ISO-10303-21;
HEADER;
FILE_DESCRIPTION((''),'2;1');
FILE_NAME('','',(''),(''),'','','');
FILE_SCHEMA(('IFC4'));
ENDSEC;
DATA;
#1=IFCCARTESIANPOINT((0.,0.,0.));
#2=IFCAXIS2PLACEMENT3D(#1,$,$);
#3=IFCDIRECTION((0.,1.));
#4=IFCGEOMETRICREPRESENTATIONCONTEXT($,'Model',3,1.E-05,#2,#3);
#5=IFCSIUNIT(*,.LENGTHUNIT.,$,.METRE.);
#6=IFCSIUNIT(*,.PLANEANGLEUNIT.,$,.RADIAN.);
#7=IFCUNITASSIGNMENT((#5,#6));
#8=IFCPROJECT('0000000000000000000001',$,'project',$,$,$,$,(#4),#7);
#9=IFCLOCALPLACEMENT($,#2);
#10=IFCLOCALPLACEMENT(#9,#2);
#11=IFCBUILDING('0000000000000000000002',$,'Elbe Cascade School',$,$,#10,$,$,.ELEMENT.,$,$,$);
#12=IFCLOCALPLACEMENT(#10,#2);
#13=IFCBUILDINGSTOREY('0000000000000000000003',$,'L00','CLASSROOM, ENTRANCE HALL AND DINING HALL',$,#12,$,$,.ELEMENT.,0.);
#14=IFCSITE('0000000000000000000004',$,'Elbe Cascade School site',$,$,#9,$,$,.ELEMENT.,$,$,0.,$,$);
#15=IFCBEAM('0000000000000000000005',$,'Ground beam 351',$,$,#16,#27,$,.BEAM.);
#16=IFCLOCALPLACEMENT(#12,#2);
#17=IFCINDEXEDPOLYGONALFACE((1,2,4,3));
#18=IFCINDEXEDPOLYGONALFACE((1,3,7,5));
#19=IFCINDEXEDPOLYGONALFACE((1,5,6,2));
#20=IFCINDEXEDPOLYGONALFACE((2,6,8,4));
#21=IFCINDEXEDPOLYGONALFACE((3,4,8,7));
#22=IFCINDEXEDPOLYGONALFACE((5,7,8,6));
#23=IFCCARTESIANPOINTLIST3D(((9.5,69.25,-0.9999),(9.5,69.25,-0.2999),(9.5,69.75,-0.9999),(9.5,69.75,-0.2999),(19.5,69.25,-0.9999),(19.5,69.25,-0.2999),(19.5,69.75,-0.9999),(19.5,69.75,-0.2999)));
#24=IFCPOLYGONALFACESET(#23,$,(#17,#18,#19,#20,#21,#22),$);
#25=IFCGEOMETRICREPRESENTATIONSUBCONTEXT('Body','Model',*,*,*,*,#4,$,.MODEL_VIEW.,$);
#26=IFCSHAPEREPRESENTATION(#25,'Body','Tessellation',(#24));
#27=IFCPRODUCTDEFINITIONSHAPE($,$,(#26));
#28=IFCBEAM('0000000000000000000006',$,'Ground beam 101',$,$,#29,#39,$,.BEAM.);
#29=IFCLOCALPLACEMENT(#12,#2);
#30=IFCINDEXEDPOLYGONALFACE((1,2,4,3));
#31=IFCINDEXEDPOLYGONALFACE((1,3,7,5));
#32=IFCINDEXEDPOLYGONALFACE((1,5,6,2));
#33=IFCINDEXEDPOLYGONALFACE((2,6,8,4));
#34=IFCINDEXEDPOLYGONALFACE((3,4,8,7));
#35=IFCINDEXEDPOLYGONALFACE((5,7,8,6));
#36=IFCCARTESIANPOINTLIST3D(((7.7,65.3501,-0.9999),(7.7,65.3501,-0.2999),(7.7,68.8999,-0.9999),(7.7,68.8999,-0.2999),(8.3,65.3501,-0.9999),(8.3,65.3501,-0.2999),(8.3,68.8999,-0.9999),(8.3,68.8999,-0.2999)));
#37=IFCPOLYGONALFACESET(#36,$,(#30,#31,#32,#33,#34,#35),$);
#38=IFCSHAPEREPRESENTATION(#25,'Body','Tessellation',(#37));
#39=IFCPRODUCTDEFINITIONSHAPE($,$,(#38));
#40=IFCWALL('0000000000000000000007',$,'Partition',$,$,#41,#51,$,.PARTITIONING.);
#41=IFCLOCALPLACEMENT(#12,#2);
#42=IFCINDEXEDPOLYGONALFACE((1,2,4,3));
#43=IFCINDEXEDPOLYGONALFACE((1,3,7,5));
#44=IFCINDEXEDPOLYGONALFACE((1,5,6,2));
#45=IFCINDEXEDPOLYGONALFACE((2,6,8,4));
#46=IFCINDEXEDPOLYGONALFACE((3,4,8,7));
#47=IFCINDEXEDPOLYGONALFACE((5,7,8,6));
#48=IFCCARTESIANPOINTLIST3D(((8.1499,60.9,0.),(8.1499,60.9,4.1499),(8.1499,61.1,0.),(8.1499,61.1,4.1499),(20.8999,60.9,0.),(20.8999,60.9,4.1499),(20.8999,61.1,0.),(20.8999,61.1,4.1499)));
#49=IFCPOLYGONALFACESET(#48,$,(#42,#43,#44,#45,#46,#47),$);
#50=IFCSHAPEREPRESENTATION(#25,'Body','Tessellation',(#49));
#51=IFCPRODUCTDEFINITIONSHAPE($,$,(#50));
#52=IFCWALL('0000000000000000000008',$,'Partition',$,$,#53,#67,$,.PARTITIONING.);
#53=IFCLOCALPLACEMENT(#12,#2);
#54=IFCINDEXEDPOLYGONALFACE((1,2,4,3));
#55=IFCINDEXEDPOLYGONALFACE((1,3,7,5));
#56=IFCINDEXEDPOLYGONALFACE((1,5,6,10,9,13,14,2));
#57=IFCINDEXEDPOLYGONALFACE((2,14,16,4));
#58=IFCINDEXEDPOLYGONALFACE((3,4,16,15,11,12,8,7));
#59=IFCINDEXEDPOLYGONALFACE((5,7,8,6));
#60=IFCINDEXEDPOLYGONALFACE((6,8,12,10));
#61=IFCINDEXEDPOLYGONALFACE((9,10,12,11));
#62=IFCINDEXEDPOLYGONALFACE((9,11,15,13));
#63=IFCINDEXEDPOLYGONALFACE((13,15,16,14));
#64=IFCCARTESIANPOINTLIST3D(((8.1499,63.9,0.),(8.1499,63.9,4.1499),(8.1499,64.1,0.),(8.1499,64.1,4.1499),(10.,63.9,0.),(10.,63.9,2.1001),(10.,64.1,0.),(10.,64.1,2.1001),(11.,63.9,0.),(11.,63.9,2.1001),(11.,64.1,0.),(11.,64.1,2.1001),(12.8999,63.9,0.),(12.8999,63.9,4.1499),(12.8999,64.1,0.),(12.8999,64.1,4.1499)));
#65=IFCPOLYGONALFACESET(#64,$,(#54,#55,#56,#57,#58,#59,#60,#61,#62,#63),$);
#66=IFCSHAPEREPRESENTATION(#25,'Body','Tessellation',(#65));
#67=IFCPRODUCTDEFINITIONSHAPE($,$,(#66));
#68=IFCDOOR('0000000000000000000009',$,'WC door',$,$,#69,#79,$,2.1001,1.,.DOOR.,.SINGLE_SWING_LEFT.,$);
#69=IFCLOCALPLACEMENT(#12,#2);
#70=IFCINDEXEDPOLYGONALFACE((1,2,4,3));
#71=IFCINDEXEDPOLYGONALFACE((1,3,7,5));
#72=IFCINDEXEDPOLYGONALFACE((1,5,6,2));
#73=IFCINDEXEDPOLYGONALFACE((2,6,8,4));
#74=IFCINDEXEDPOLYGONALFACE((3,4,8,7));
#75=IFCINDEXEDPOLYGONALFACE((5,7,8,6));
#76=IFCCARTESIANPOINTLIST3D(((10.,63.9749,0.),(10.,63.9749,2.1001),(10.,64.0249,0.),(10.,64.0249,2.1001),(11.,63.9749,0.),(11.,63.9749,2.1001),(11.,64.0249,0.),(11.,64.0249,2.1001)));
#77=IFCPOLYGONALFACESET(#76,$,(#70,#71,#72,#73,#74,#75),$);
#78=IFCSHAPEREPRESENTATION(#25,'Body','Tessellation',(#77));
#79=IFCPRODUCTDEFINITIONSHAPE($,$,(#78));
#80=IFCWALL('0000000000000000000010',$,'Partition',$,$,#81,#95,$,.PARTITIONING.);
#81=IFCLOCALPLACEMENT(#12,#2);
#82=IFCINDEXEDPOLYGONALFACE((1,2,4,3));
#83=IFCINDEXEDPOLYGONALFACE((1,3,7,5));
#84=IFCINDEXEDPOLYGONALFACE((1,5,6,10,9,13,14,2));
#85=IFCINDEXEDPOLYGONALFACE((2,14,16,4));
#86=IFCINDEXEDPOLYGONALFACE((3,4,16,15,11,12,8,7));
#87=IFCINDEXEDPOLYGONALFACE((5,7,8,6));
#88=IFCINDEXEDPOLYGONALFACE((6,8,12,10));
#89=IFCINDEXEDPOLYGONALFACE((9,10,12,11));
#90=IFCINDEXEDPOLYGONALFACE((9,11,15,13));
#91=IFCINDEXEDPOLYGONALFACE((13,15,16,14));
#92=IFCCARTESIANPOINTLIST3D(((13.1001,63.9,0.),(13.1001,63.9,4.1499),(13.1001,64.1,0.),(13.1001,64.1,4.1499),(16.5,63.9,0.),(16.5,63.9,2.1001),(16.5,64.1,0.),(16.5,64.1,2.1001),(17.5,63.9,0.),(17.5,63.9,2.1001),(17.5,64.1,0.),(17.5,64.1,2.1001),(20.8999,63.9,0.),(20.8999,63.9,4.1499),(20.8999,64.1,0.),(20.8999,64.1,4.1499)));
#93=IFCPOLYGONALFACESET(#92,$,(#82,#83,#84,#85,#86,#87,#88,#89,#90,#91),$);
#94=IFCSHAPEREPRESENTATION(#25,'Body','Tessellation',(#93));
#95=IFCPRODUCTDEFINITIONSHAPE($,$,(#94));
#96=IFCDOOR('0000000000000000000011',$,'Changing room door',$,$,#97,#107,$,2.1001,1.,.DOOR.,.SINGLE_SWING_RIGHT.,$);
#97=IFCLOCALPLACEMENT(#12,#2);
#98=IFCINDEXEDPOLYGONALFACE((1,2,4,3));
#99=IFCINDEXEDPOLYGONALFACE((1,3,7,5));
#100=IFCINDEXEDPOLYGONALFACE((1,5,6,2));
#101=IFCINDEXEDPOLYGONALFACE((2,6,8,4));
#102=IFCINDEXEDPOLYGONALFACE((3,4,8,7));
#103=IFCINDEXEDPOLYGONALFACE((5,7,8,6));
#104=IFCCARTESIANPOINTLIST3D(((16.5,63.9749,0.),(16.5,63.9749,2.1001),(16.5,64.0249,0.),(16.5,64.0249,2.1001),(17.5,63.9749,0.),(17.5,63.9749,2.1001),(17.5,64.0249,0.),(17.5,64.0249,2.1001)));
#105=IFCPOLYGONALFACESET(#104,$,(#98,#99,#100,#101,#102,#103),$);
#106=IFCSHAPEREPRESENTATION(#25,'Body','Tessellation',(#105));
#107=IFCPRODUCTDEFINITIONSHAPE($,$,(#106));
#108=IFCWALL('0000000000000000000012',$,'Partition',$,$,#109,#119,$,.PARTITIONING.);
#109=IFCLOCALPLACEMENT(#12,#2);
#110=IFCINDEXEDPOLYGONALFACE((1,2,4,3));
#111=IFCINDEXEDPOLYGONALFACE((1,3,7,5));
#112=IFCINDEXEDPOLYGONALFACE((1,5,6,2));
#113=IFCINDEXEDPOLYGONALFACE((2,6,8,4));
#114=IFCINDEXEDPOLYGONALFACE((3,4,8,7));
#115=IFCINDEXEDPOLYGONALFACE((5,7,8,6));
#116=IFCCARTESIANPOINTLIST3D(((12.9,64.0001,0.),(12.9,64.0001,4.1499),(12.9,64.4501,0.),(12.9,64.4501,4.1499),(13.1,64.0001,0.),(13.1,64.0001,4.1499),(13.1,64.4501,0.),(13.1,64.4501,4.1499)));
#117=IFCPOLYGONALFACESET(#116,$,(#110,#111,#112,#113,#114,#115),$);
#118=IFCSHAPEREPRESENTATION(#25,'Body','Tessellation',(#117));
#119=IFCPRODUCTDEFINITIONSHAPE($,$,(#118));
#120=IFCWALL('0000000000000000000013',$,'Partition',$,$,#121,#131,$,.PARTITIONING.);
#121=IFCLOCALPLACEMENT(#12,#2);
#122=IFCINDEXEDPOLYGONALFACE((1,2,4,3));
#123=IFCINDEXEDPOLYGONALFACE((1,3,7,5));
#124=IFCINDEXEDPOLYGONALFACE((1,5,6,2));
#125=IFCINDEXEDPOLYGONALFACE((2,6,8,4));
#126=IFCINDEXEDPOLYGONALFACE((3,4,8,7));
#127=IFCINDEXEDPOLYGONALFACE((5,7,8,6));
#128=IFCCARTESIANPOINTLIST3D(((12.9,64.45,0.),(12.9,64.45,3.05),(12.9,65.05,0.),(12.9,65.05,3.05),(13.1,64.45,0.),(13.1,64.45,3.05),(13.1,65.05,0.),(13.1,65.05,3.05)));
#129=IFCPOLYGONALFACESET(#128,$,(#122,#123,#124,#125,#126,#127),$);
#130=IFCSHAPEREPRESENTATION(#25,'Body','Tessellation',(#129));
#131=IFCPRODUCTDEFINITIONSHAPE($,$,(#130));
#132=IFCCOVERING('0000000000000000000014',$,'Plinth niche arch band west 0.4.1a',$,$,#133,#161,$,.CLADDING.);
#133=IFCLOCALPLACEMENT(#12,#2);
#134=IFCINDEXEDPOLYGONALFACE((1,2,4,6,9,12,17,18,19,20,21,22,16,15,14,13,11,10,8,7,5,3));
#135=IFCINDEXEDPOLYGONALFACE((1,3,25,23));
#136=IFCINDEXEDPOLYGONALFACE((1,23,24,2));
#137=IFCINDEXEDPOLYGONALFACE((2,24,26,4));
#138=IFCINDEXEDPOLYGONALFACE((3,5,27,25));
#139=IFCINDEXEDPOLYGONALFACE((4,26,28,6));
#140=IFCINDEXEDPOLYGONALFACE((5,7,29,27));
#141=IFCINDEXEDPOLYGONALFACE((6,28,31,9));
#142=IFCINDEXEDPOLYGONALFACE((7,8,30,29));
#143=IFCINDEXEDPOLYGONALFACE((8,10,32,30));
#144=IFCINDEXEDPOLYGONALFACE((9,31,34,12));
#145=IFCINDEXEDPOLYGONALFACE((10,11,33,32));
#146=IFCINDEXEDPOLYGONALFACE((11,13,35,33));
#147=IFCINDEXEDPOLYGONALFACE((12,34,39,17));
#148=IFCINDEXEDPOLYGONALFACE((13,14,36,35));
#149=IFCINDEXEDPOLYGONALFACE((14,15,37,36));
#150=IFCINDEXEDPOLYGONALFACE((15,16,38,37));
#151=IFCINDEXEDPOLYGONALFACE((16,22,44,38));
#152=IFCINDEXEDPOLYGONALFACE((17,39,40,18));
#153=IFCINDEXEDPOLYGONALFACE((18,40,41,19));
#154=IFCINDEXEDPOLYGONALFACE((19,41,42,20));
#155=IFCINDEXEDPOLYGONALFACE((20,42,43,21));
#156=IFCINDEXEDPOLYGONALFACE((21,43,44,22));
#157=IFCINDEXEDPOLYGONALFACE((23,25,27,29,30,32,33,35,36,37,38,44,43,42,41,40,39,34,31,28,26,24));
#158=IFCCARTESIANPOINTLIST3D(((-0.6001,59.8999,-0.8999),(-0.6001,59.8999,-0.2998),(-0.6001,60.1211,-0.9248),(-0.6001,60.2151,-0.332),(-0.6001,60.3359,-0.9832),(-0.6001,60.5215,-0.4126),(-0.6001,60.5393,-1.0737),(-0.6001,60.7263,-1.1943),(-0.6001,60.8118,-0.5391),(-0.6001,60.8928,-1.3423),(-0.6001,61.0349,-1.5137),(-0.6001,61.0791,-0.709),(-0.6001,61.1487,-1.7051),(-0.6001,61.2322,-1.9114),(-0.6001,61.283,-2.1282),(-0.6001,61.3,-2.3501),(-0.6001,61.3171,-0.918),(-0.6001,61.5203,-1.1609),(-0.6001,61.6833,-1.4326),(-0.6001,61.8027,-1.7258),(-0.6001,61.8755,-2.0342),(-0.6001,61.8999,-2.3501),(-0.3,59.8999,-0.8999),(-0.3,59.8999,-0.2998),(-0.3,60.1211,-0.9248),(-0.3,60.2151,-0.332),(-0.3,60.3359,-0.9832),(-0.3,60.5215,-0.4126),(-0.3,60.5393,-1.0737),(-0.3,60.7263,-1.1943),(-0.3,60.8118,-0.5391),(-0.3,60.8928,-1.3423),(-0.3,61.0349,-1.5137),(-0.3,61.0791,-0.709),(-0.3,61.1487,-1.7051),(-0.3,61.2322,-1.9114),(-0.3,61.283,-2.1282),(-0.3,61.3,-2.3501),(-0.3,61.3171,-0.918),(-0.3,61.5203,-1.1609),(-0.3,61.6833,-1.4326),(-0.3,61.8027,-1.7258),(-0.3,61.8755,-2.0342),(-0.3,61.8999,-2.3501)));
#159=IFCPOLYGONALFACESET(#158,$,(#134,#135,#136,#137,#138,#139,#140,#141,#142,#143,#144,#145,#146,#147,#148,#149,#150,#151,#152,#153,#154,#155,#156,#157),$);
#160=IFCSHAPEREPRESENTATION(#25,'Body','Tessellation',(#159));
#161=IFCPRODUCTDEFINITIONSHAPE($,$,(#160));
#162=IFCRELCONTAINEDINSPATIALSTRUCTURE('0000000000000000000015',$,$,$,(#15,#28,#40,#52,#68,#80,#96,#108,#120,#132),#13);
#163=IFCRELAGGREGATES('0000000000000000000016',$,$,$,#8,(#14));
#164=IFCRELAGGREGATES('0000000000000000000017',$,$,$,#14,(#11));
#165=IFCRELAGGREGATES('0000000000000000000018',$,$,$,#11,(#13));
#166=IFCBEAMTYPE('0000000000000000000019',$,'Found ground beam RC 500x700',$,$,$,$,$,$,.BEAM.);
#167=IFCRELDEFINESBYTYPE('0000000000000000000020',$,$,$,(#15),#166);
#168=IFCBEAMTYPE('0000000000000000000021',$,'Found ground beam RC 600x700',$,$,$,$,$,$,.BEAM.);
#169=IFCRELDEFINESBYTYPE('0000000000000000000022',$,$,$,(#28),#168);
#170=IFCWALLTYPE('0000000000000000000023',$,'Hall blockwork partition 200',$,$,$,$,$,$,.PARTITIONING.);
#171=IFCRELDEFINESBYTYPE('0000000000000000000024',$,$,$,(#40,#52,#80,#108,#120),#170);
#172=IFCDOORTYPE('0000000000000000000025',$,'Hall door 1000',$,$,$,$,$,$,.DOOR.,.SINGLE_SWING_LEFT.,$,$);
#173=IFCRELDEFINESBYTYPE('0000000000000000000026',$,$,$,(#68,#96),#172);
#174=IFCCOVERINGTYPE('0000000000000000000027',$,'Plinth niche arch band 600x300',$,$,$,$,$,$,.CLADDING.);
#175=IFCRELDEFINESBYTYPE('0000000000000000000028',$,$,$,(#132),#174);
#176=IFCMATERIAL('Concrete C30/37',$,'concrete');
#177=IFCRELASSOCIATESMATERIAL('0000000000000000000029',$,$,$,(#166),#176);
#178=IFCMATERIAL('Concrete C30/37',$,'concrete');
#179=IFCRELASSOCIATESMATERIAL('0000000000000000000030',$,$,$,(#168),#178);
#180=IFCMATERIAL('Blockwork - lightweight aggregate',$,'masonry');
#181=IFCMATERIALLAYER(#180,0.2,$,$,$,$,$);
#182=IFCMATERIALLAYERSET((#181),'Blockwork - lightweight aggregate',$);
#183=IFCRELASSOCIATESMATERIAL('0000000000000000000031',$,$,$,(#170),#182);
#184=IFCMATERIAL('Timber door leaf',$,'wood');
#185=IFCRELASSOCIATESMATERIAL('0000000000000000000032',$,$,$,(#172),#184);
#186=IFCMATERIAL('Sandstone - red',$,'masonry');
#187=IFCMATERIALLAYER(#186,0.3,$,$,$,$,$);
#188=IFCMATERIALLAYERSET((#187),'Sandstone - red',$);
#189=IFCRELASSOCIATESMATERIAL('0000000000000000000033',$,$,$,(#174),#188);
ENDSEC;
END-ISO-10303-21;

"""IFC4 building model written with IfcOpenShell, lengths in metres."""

from ifc_helpers import new_model, si_unit, direction, frame, frame_2d, origin, origin_2d, place, context, subcontext, project, spatial, polyline, rectangle, outline, extrude, material, layer, layer_set, material_profile, profile_set, type_object, element, fill, save


model = new_model("IFC4")

# Units and contexts
model_context = context("Model", 3, precision=1e-05, world=origin(), true_north=direction((0.0, 1.0)))
body_context = subcontext(model_context, "Body", "Model", "MODEL_VIEW")
ifc_project = project(units=[si_unit("LENGTHUNIT", "METRE"), si_unit("PLANEANGLEUNIT", "RADIAN")], contexts=[model_context])

# Site, building, storey
site_placement = place(None, origin())
site = spatial("IfcSite", under=ifc_project, at=site_placement, Name="Elbe Cascade School site", CompositionType="ELEMENT", RefElevation=0.0)
building_placement = place(site_placement, origin())
building = spatial("IfcBuilding", under=site, at=building_placement, Name="Elbe Cascade School", CompositionType="ELEMENT")
storey_placement = place(building_placement, origin())
storey = spatial("IfcBuildingStorey", under=building, at=storey_placement, Name="L00", Description="CLASSROOM, ENTRANCE HALL AND DINING HALL", CompositionType="ELEMENT", Elevation=0.0)

# Beams
ifc_material_1 = material(Name="Concrete C30/37", Category="concrete")
ifc_material_profile_1 = material_profile(ifc_material_1, rectangle(XDim=0.5, YDim=0.7, at=origin_2d()), Name="RC 500x700")
ifc_profile_set_1 = profile_set([ifc_material_profile_1], Name="Concrete C30/37")
beam_type_1 = type_object("IfcBeamType", Name="Found ground beam RC 500x700", PredefinedType="BEAM", material=ifc_profile_set_1)
for number, where, z_axis, x_axis, name in (
    (1, (9.5, 69.5, -0.6499), (1.0, 0.0, 0.0), (0.0, 1.0, 0.0), "Ground beam 351"),
):
    element("IfcBeam", number, at=place(storey_placement, frame(where, z_axis=z_axis, x_axis=x_axis)), inside=storey, type_object=beam_type_1, Name=name, PredefinedType="BEAM", context=body_context, shape_type="SweptSolid", body=[
        extrude(rectangle(XDim=0.5, YDim=0.7, at=origin_2d()), origin(), (0.0, 0.0, 1.0), 10.0),
    ])
ifc_material_2 = material(Name="Concrete C30/37", Category="concrete")
ifc_material_profile_2 = material_profile(ifc_material_2, rectangle(XDim=0.6001, YDim=0.7, at=origin_2d()), Name="RC 600x700")
ifc_profile_set_2 = profile_set([ifc_material_profile_2], Name="Concrete C30/37")
beam_type_2 = type_object("IfcBeamType", Name="Found ground beam RC 600x700", PredefinedType="BEAM", material=ifc_profile_set_2)
beam_placement = place(storey_placement, frame((8.0, 65.3501, -0.6499), z_axis=(0.0, 1.0, 0.0), x_axis=(-1.0, 0.0, 0.0)))
element("IfcBeam", 2, at=beam_placement, inside=storey, type_object=beam_type_2, Name="Ground beam 101", PredefinedType="BEAM", context=body_context, shape_type="SweptSolid", body=[
    extrude(rectangle(XDim=0.6001, YDim=0.7, at=origin_2d()), origin(), (0.0, 0.0, 1.0), 3.5498),
])

# Wall
ifc_material_3 = material(Name="Blockwork - lightweight aggregate", Category="masonry")
ifc_layer_1 = layer(ifc_material_3, 0.2)
ifc_layer_set_1 = layer_set([ifc_layer_1], Name="Blockwork - lightweight aggregate")
wall_type = type_object("IfcWallType", Name="Hall blockwork partition 200", PredefinedType="PARTITIONING", material=ifc_layer_set_1)
wall_1_placement = place(storey_placement, frame((8.1499, 61.0, 0.0), z_axis=(0.0, 0.0, 1.0), x_axis=(1.0, 0.0, 0.0)))
element("IfcWall", 3, at=wall_1_placement, inside=storey, type_object=wall_type, Name="Partition", PredefinedType="PARTITIONING", context=body_context, shape_type="SweptSolid", body=[
    extrude(rectangle(XDim=12.75, YDim=0.2, at=frame_2d((6.375, 0.0))), origin(), (0.0, 0.0, 1.0), 4.1499),
])

# Walls, openings, doors
wall_2_placement = place(storey_placement, frame((8.1499, 64.0, 0.0), z_axis=(0.0, 0.0, 1.0), x_axis=(1.0, 0.0, 0.0)))
wall_2 = element("IfcWall", 4, at=wall_2_placement, inside=storey, type_object=wall_type, Name="Partition", PredefinedType="PARTITIONING", context=body_context, shape_type="SweptSolid", body=[
    extrude(rectangle(XDim=4.75, YDim=0.2, at=frame_2d((2.375, 0.0))), origin(), (0.0, 0.0, 1.0), 4.1499),
])
opening_1_placement = place(wall_2_placement, frame((1.8501, 0.0, 0.0)))
opening_1 = element("IfcOpeningElement", 5, at=opening_1_placement, cuts=wall_2, PredefinedType="OPENING", context=body_context, shape_type="SweptSolid", body=[
    extrude(rectangle(XDim=1.0, YDim=2.1001, at=frame_2d((0.5, 1.05))), frame((0.0, 0.1099, 0.0), z_axis=(0.0, -1.0, 0.0), x_axis=(1.0, 0.0, 0.0)), (0.0, 0.0, 1.0), 0.22),
])
ifc_material_4 = material(Name="Timber door leaf", Category="wood")
door_type = type_object("IfcDoorType", Name="Hall door 1000", OperationType="SINGLE_SWING_LEFT", PredefinedType="DOOR", material=ifc_material_4)
door_1_placement = place(opening_1_placement, origin())
door_1 = element("IfcDoor", 6, at=door_1_placement, inside=storey, type_object=door_type, Name="WC door", OperationType="SINGLE_SWING_LEFT", OverallHeight=2.1001, OverallWidth=1.0, PredefinedType="DOOR", context=body_context, shape_type="SweptSolid", body=[
    extrude(rectangle(XDim=1.0, YDim=2.1001, at=frame_2d((0.5, 1.05))), frame((0.0, 0.0249, 0.0), z_axis=(0.0, -1.0, 0.0), x_axis=(1.0, 0.0, 0.0)), (0.0, 0.0, 1.0), 0.05),
])
fill(opening_1, door_1)
wall_3_placement = place(storey_placement, frame((13.1001, 64.0, 0.0), z_axis=(0.0, 0.0, 1.0), x_axis=(1.0, 0.0, 0.0)))
wall_3 = element("IfcWall", 7, at=wall_3_placement, inside=storey, type_object=wall_type, Name="Partition", PredefinedType="PARTITIONING", context=body_context, shape_type="SweptSolid", body=[
    extrude(rectangle(XDim=7.7998, YDim=0.2, at=frame_2d((3.8999, 0.0))), origin(), (0.0, 0.0, 1.0), 4.1499),
])
opening_2_placement = place(wall_3_placement, frame((3.3999, 0.0, 0.0)))
opening_2 = element("IfcOpeningElement", 8, at=opening_2_placement, cuts=wall_3, PredefinedType="OPENING", context=body_context, shape_type="SweptSolid", body=[
    extrude(rectangle(XDim=1.0, YDim=2.1001, at=frame_2d((0.5, 1.05))), frame((0.0, 0.1099, 0.0), z_axis=(0.0, -1.0, 0.0), x_axis=(1.0, 0.0, 0.0)), (0.0, 0.0, 1.0), 0.22),
])
door_2_placement = place(opening_2_placement, origin())
door_2 = element("IfcDoor", 9, at=door_2_placement, inside=storey, type_object=door_type, Name="Changing room door", OperationType="SINGLE_SWING_RIGHT", OverallHeight=2.1001, OverallWidth=1.0, PredefinedType="DOOR", context=body_context, shape_type="SweptSolid", body=[
    extrude(rectangle(XDim=1.0, YDim=2.1001, at=frame_2d((0.5, 1.05))), frame((0.0, 0.0249, 0.0), z_axis=(0.0, -1.0, 0.0), x_axis=(1.0, 0.0, 0.0)), (0.0, 0.0, 1.0), 0.05),
])
fill(opening_2, door_2)

# Walls
wall_4_placement = place(storey_placement, frame((13.0, 64.0, 0.0), z_axis=(0.0, 0.0, 1.0), x_axis=(0.0, 1.0, 0.0)))
element("IfcWall", 10, at=wall_4_placement, inside=storey, type_object=wall_type, Name="Partition", PredefinedType="PARTITIONING", context=body_context, shape_type="SweptSolid", body=[
    extrude(rectangle(XDim=0.45, YDim=0.2, at=frame_2d((0.2251, 0.0))), origin(), (0.0, 0.0, 1.0), 4.1499),
])
wall_5_placement = place(storey_placement, frame((13.0, 64.45, 0.0), z_axis=(0.0, 0.0, 1.0), x_axis=(0.0, 1.0, 0.0)))
element("IfcWall", 11, at=wall_5_placement, inside=storey, type_object=wall_type, Name="Partition", PredefinedType="PARTITIONING", context=body_context, shape_type="SweptSolid", body=[
    extrude(rectangle(XDim=0.6001, YDim=0.2, at=frame_2d((0.3, 0.0))), origin(), (0.0, 0.0, 1.0), 3.05),
])

# Covering
ifc_material_5 = material(Name="Sandstone - red", Category="masonry")
ifc_layer_2 = layer(ifc_material_5, 0.3)
ifc_layer_set_2 = layer_set([ifc_layer_2], Name="Sandstone - red")
covering_type = type_object("IfcCoveringType", Name="Plinth niche arch band 600x300", PredefinedType="CLADDING", material=ifc_layer_set_2)
covering_1_placement = place(storey_placement, frame((-0.6001, 61.8999, -2.3501), z_axis=(-1.0, 0.0, 0.0), x_axis=(0.0, -1.0, 0.0)))
element("IfcCovering", 12, at=covering_1_placement, inside=storey, type_object=covering_type, Name="Plinth niche arch band west 0.4.1a", PredefinedType="CLADDING", context=body_context, shape_type="SweptSolid", body=[
    extrude(outline(polyline([(0.0, 0.0), (0.5999, 0.0), (0.6169, 0.2219), (0.6677, 0.4387), (0.7512, 0.645), (0.865, 0.8364), (1.0071, 1.0078), (1.1736, 1.1558), (1.3606, 1.2764), (1.564, 1.3669), (1.7788, 1.4253), (2.0, 1.4502), (2.0, 2.0503), (1.6848, 2.0181), (1.3784, 1.9375), (1.0881, 1.811), (0.8208, 1.6411), (0.5828, 1.4321), (0.3796, 1.1892), (0.2166, 0.9175), (0.0972, 0.6243), (0.0244, 0.3159), (0.0, 0.0)])), origin(), (0.0, 0.0, -1.0), 0.3),
])

save(model, "model.ifc")
